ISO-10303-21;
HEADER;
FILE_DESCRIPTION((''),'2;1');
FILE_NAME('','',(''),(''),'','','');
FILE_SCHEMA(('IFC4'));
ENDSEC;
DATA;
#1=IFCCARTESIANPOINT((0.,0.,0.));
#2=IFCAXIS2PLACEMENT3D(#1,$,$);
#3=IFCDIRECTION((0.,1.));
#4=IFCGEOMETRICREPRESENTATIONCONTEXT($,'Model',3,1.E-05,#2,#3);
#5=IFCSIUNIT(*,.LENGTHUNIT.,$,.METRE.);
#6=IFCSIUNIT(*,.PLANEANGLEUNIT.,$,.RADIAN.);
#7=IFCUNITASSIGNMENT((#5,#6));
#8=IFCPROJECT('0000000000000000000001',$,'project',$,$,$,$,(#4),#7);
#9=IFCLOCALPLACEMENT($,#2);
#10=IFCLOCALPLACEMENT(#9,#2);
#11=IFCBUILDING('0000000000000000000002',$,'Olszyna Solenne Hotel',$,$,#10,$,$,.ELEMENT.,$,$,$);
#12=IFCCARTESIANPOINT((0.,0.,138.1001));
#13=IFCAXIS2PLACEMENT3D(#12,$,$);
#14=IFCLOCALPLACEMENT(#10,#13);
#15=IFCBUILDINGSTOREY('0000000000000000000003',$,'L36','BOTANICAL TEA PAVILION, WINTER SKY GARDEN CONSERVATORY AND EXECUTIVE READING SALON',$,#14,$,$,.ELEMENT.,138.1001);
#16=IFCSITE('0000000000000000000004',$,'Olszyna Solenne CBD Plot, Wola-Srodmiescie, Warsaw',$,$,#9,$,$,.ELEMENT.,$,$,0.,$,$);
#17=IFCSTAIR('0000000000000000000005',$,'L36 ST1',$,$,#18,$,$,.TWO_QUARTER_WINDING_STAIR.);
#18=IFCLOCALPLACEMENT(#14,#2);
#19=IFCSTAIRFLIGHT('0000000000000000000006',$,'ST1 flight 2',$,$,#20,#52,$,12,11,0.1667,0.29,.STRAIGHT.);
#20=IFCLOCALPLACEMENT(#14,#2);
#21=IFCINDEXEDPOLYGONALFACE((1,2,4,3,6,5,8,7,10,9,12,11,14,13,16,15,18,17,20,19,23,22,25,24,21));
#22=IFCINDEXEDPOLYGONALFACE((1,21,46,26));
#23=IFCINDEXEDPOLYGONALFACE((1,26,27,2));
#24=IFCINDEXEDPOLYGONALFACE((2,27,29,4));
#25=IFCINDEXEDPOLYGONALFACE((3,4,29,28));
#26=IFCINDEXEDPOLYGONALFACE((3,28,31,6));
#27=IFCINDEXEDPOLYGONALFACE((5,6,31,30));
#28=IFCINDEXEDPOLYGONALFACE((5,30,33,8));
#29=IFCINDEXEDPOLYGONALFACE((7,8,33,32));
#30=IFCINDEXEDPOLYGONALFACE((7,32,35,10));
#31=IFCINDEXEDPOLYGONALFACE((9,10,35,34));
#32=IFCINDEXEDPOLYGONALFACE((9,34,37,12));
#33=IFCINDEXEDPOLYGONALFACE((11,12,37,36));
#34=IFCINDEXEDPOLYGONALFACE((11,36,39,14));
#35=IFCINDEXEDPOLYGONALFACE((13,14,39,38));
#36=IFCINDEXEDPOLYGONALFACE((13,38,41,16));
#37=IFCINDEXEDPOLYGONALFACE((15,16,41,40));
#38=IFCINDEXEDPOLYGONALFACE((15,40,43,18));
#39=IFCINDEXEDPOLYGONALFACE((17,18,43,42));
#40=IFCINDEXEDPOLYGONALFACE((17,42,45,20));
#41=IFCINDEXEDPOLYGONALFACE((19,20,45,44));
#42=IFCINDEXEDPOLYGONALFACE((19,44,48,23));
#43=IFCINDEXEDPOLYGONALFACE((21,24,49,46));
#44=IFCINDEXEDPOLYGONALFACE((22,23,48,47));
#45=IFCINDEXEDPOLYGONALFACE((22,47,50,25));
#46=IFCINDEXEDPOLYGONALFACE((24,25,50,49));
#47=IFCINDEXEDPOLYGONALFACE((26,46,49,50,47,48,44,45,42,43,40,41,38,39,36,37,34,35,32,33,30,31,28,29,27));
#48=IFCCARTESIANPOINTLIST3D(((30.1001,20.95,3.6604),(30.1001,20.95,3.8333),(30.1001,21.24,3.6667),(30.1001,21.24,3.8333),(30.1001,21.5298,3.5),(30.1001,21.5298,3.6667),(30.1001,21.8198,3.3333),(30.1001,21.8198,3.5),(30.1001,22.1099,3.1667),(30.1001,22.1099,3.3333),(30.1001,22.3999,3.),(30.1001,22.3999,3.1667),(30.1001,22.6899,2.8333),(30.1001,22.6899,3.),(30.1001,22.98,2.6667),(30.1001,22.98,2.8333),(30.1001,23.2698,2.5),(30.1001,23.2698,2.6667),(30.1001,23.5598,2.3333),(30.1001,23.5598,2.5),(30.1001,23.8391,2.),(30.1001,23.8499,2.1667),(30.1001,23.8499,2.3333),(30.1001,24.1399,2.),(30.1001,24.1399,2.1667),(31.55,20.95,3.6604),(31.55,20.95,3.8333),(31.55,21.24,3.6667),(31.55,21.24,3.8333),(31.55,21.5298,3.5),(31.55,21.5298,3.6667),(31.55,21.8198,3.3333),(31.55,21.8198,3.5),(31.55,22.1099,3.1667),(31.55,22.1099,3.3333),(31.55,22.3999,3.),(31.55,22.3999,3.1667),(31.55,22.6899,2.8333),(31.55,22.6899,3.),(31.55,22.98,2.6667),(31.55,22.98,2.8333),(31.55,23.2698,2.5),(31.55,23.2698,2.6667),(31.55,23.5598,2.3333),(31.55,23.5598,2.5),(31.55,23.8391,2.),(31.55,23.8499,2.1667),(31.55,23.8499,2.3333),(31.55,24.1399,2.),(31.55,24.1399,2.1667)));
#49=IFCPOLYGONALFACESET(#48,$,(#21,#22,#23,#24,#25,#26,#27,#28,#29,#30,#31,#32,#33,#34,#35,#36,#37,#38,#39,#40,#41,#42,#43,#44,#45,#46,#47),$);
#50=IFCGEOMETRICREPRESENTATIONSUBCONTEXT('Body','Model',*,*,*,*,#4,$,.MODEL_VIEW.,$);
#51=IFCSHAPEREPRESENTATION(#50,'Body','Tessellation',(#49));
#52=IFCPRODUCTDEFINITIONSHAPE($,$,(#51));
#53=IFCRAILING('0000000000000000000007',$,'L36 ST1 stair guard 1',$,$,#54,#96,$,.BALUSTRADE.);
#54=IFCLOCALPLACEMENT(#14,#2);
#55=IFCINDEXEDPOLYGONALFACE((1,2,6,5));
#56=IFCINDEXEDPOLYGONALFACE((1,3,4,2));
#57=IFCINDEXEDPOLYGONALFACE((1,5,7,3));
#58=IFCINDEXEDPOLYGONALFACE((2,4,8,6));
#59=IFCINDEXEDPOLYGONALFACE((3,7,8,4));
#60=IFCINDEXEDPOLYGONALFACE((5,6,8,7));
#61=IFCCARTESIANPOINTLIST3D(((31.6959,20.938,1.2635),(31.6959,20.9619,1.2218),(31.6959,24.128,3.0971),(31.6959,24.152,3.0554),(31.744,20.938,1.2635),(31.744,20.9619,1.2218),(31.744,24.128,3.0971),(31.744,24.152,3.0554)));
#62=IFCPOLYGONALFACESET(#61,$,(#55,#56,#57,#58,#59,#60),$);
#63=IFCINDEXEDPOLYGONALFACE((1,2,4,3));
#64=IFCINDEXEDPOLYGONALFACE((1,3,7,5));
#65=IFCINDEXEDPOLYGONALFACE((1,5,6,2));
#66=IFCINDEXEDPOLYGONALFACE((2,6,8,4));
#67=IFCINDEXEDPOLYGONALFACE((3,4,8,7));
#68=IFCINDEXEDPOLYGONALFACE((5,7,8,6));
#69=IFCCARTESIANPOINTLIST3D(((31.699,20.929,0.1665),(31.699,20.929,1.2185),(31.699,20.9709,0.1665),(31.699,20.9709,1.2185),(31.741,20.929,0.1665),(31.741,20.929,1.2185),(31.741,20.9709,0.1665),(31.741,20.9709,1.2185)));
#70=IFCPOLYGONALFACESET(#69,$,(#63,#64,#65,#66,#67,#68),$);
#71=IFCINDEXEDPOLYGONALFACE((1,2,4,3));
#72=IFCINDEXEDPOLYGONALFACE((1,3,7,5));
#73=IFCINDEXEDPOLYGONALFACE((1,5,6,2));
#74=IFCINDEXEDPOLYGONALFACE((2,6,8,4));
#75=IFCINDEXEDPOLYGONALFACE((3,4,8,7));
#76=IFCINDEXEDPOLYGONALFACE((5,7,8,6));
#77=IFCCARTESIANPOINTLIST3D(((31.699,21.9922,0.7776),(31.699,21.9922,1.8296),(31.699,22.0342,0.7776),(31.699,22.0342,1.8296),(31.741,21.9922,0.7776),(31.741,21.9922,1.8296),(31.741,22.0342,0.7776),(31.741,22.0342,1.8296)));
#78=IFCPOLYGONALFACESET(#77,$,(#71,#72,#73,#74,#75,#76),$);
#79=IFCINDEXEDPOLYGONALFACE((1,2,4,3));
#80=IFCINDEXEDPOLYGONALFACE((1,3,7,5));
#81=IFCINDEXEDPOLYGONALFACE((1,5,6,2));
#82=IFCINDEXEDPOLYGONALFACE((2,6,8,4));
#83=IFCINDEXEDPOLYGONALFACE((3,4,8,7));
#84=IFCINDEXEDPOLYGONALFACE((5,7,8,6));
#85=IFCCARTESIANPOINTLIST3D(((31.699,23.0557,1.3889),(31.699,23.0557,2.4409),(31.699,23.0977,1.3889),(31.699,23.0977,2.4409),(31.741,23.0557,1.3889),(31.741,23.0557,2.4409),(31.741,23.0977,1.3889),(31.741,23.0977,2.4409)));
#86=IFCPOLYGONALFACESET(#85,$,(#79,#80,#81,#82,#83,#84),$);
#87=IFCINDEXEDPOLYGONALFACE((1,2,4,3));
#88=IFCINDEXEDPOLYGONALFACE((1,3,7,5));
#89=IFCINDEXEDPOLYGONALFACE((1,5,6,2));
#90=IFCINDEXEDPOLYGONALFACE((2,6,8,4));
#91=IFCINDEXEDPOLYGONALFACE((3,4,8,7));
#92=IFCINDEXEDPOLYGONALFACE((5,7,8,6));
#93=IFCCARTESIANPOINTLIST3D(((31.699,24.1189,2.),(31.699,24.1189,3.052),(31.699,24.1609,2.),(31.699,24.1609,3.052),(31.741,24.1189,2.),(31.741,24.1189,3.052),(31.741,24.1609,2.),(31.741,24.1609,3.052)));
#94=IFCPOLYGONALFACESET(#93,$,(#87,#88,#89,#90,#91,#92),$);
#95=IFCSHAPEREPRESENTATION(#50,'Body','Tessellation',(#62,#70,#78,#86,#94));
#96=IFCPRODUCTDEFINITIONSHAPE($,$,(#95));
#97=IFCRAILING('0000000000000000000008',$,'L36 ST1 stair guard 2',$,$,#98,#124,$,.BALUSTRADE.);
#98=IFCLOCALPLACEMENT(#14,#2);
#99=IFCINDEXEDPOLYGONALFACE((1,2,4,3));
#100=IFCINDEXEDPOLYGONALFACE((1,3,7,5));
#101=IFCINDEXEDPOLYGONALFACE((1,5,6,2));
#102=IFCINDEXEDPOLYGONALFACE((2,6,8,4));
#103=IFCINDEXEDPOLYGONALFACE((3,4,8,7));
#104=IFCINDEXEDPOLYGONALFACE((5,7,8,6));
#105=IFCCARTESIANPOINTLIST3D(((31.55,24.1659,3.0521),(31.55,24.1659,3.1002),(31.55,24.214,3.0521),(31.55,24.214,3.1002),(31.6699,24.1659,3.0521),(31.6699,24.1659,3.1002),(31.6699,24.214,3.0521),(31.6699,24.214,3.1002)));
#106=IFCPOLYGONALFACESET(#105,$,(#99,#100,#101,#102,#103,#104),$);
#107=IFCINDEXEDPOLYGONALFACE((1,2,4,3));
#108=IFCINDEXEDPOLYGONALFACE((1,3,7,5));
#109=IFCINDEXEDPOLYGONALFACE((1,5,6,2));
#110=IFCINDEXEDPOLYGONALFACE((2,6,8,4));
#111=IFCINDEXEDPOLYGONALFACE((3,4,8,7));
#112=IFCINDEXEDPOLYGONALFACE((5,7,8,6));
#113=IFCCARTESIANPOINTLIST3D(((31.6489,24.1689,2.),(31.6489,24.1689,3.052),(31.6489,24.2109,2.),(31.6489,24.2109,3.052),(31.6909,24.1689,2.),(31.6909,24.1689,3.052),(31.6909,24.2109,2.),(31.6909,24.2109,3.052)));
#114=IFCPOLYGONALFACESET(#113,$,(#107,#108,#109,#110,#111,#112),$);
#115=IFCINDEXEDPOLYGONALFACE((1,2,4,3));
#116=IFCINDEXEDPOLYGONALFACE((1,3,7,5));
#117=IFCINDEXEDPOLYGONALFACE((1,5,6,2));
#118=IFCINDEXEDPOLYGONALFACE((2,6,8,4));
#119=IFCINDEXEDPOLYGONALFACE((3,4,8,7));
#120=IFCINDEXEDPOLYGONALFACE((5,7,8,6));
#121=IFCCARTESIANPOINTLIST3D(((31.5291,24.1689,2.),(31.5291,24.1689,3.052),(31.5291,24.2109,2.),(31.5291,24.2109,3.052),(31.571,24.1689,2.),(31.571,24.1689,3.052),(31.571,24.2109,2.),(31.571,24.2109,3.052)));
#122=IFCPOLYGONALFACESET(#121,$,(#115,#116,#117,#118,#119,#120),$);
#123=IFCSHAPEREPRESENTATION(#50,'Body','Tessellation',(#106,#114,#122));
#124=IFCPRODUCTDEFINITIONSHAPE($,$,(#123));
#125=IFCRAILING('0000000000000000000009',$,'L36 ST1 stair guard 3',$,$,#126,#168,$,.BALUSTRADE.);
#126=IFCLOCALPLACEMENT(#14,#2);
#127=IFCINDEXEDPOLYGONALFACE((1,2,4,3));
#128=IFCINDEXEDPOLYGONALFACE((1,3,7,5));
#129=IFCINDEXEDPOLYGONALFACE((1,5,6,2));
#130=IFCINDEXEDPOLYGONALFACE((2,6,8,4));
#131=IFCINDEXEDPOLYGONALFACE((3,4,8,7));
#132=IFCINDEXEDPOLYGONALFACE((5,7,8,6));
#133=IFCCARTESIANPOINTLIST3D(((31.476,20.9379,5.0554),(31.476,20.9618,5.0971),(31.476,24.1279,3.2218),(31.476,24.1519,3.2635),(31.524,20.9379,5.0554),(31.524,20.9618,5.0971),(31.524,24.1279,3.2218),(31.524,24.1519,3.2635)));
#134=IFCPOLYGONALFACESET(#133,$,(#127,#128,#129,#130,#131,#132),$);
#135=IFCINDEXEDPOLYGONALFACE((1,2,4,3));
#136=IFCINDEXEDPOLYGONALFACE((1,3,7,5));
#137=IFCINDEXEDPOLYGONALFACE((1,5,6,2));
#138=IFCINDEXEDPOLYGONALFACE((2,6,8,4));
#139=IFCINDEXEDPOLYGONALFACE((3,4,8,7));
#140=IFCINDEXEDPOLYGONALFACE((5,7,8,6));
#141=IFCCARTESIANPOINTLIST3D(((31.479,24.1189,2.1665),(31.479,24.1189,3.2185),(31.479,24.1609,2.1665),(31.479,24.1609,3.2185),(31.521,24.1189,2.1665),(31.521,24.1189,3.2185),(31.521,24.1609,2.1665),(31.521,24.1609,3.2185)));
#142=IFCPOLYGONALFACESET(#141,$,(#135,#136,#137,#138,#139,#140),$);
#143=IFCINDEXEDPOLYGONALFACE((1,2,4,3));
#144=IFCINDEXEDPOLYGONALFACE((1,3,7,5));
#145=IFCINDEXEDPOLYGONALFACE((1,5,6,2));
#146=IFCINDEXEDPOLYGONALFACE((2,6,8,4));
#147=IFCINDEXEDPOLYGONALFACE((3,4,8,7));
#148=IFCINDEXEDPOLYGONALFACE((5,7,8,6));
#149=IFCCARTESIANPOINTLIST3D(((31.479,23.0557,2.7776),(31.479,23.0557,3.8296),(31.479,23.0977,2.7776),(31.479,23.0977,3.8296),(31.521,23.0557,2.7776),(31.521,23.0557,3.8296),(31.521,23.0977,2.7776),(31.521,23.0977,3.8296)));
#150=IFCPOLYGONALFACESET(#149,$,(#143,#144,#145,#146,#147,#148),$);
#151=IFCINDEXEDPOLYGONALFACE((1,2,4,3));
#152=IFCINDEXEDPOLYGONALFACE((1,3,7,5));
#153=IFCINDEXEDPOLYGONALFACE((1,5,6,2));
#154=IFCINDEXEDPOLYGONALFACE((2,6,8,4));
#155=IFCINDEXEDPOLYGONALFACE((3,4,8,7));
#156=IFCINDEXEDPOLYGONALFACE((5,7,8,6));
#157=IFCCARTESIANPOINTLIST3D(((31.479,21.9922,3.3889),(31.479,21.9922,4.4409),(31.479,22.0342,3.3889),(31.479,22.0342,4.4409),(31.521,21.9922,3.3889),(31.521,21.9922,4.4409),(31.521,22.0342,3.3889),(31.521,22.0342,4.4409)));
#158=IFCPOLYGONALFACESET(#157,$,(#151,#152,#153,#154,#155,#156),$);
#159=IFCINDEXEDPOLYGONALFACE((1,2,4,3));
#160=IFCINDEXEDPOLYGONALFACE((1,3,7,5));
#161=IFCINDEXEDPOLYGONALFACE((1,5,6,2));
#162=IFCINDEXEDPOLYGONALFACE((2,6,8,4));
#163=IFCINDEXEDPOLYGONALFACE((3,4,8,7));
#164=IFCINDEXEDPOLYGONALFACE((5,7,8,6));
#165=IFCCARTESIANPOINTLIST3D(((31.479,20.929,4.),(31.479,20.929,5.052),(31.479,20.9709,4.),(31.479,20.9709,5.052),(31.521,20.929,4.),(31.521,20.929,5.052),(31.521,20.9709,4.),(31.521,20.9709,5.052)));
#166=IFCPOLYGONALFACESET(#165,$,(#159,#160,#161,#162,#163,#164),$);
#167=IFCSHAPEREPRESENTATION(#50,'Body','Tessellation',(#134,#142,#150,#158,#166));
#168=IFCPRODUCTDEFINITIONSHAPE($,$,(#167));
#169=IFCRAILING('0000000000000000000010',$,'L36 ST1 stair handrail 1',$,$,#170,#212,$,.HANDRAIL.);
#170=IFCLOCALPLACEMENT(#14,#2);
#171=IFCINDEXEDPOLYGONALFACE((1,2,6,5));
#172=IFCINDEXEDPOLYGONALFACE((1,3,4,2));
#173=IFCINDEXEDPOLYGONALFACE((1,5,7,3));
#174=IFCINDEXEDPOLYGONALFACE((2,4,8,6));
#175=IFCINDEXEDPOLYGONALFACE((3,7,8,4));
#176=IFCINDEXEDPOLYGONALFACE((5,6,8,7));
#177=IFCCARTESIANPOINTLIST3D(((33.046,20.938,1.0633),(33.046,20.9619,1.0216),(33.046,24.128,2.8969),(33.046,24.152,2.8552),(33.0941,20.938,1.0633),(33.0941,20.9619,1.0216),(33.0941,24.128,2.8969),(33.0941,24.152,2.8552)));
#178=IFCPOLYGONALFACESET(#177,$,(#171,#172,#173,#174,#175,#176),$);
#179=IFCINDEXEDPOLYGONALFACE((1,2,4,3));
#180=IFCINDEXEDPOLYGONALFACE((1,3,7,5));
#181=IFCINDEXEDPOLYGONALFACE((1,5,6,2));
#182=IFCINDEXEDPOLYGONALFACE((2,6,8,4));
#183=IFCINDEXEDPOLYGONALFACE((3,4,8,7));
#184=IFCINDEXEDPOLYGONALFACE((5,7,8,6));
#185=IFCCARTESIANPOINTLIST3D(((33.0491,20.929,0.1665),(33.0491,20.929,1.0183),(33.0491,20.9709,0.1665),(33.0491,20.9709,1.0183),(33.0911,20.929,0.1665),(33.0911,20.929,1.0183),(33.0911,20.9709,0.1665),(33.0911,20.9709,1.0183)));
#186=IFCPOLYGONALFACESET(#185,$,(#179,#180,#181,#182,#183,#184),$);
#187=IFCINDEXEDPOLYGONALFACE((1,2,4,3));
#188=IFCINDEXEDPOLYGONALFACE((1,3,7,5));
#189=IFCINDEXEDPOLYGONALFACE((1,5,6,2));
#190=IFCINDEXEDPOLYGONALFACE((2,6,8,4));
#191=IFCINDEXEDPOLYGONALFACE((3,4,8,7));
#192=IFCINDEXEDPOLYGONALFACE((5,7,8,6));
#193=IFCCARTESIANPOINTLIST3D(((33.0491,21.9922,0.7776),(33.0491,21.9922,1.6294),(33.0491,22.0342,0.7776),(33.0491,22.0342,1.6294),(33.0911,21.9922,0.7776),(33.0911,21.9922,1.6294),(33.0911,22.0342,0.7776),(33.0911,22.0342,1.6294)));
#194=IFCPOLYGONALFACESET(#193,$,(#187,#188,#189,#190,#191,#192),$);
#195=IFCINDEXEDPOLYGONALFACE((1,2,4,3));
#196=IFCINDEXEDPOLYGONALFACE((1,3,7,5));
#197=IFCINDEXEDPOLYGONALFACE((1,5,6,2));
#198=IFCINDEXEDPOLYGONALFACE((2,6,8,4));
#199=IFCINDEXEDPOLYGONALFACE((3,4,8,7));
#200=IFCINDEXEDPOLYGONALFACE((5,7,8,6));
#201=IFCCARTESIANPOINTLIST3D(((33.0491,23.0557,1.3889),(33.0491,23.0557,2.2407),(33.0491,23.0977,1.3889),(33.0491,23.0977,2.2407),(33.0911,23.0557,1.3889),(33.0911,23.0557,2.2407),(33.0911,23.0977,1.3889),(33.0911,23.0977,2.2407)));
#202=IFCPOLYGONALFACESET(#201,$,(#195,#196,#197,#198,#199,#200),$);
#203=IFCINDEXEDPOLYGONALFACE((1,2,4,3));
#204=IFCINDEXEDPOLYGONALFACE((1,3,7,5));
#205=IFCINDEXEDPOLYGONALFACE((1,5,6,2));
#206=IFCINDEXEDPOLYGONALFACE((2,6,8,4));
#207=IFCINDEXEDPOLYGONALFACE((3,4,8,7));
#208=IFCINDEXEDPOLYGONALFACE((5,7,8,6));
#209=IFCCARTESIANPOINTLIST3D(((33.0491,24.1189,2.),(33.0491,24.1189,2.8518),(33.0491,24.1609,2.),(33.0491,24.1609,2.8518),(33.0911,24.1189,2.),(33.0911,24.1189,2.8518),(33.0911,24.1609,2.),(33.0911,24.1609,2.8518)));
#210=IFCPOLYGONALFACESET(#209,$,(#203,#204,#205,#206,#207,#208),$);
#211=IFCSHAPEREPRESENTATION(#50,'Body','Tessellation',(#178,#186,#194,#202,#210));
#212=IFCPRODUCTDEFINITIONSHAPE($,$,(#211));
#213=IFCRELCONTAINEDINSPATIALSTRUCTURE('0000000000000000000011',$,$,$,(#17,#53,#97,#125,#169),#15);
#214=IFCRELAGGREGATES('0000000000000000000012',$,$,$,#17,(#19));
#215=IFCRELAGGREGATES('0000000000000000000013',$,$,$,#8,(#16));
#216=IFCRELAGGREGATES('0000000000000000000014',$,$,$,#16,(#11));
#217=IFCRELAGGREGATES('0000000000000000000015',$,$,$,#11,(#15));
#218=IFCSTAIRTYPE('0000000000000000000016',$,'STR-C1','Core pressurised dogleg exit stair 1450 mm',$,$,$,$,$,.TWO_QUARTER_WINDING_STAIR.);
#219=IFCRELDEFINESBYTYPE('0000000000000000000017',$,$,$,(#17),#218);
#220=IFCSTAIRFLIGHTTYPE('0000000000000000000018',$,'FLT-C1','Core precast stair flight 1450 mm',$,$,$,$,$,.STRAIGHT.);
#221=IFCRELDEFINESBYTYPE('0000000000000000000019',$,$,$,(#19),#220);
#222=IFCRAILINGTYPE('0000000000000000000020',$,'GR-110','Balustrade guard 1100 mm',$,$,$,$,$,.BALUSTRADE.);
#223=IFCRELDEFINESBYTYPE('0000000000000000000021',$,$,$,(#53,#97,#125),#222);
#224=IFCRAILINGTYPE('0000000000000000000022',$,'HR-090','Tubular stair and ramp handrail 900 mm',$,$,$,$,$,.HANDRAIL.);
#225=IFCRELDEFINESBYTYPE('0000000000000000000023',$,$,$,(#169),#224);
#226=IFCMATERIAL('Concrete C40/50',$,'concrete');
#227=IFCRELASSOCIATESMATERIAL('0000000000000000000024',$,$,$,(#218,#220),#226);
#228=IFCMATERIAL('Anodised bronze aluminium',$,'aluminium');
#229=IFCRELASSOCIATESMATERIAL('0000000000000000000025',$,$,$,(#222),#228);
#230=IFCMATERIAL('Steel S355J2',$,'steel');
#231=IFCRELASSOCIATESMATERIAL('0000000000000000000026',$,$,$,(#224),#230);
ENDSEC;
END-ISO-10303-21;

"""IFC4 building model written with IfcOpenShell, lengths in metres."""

from ifc_helpers import new_model, si_unit, direction, frame, origin, origin_2d, place, context, subcontext, project, spatial, polyline, rectangle, outline, extrude, material, type_object, element, aggregate, save


model = new_model("IFC4")

# Units and contexts
model_context = context("Model", 3, precision=1e-05, world=origin(), true_north=direction((0.0, 1.0)))
body_context = subcontext(model_context, "Body", "Model", "MODEL_VIEW")
ifc_project = project(units=[si_unit("LENGTHUNIT", "METRE"), si_unit("PLANEANGLEUNIT", "RADIAN")], contexts=[model_context])

# Site, building, storey
site_placement = place(None, origin())
site = spatial("IfcSite", under=ifc_project, at=site_placement, Name="Olszyna Solenne CBD Plot, Wola-Srodmiescie, Warsaw", CompositionType="ELEMENT", RefElevation=0.0)
building_placement = place(site_placement, origin())
building = spatial("IfcBuilding", under=site, at=building_placement, Name="Olszyna Solenne Hotel", CompositionType="ELEMENT")
storey_placement = place(building_placement, frame((0.0, 0.0, 138.1001)))
storey = spatial("IfcBuildingStorey", under=building, at=storey_placement, Name="L36", Description="BOTANICAL TEA PAVILION, WINTER SKY GARDEN CONSERVATORY AND EXECUTIVE READING SALON", CompositionType="ELEMENT", Elevation=138.1001)

# Shared definitions
ifc_material_1 = material(Name="Steel S355J2", Category="steel")

# Stair, stair flight
ifc_material_2 = material(Name="Concrete C40/50", Category="concrete")
stair_type = type_object("IfcStairType", Name="STR-C1", Description="Core pressurised dogleg exit stair 1450 mm", PredefinedType="TWO_QUARTER_WINDING_STAIR", material=ifc_material_2)
stair_placement = place(storey_placement, origin())
stair = element("IfcStair", 1, at=stair_placement, inside=storey, type_object=stair_type, Name="L36 ST1", PredefinedType="TWO_QUARTER_WINDING_STAIR")
stair_flight_type = type_object("IfcStairFlightType", Name="FLT-C1", Description="Core precast stair flight 1450 mm", PredefinedType="STRAIGHT", material=ifc_material_2)
stair_flight_1_placement = place(storey_placement, frame((30.825, 24.1399, 2.0), z_axis=(0.0, 0.0, 1.0), x_axis=(0.0, -1.0, 0.0)))
stair_flight_1 = element("IfcStairFlight", 2, at=stair_flight_1_placement, type_object=stair_flight_type, Name="ST1 flight 2", NumberOfRisers=12, NumberOfTreads=11, PredefinedType="STRAIGHT", RiserHeight=0.1667, TreadLength=0.29, context=body_context, shape_type="SweptSolid", body=[
    extrude(outline(polyline([(0.0, 0.0), (0.0, 0.1667), (0.29, 0.1667), (0.29, 0.3333), (0.5801, 0.3333), (0.5801, 0.5), (0.8701, 0.5), (0.8701, 0.6667), (1.1599, 0.6667), (1.1599, 0.8333), (1.45, 0.8333), (1.45, 1.0), (1.74, 1.0), (1.74, 1.1667), (2.03, 1.1667), (2.03, 1.3333), (2.3201, 1.3333), (2.3201, 1.5), (2.6101, 1.5), (2.6101, 1.6667), (2.8999, 1.6667), (2.8999, 1.8333), (3.1899, 1.8333), (3.1899, 2.0), (3.1899, 1.6604), (0.3008, 0.0), (0.0, 0.0)])), frame((0.0, 0.7251, 0.0), z_axis=(0.0, -1.0, 0.0), x_axis=(1.0, 0.0, 0.0)), (0.0, 0.0, 1.0), 1.45),
])
aggregate(stair, [stair_flight_1])

# Railings
ifc_material_3 = material(Name="Anodised bronze aluminium", Category="aluminium")
railing_type_1 = type_object("IfcRailingType", Name="GR-110", Description="Balustrade guard 1100 mm", PredefinedType="BALUSTRADE", material=ifc_material_3)
railing_1_placement = place(storey_placement, frame((31.72, 20.95, 0.1665)))
element("IfcRailing", 3, at=railing_1_placement, inside=storey, type_object=railing_type_1, Name="L36 ST1 stair guard 1", PredefinedType="BALUSTRADE", context=body_context, shape_type="SweptSolid", body=[
    extrude(rectangle(XDim=0.0481, YDim=0.0481, at=origin_2d()), frame((0.0, 0.0, 1.0762), z_axis=(0.0, 0.866991, 0.498324), x_axis=(-1.0, 0.0, 0.0)), (0.0, 0.0, 1.0), 3.6794),
    extrude(rectangle(XDim=0.042, YDim=0.042, at=origin_2d()), origin(), (0.0, 0.0, 1.0), 1.052),
    extrude(rectangle(XDim=0.042, YDim=0.042, at=origin_2d()), frame((0.0, 1.0632, 0.6111)), (0.0, 0.0, 1.0), 1.052),
    extrude(rectangle(XDim=0.042, YDim=0.042, at=origin_2d()), frame((0.0, 2.1267, 1.2224)), (0.0, 0.0, 1.0), 1.052),
    extrude(rectangle(XDim=0.042, YDim=0.042, at=origin_2d()), frame((0.0, 3.1899, 1.8335)), (0.0, 0.0, 1.0), 1.052),
])
railing_2_placement = place(storey_placement, frame((31.6699, 24.1899, 2.0)))
element("IfcRailing", 4, at=railing_2_placement, inside=storey, type_object=railing_type_1, Name="L36 ST1 stair guard 2", PredefinedType="BALUSTRADE", context=body_context, shape_type="SweptSolid", body=[
    extrude(rectangle(XDim=0.0481, YDim=0.0481, at=origin_2d()), frame((0.0, 0.0, 1.0762), z_axis=(-1.0, 0.0, 0.0), x_axis=(0.0, -1.0, 0.0)), (0.0, 0.0, 1.0), 0.1199),
    extrude(rectangle(XDim=0.042, YDim=0.042, at=origin_2d()), origin(), (0.0, 0.0, 1.0), 1.052),
    extrude(rectangle(XDim=0.042, YDim=0.042, at=origin_2d()), frame((-0.1199, 0.0, 0.0)), (0.0, 0.0, 1.0), 1.052),
])
railing_3_placement = place(storey_placement, frame((31.5, 24.1399, 2.1665)))
element("IfcRailing", 5, at=railing_3_placement, inside=storey, type_object=railing_type_1, Name="L36 ST1 stair guard 3", PredefinedType="BALUSTRADE", context=body_context, shape_type="SweptSolid", body=[
    extrude(rectangle(XDim=0.0481, YDim=0.0481, at=origin_2d()), frame((0.0, 0.0, 1.0762), z_axis=(0.0, -0.866991, 0.498324), x_axis=(1.0, 0.0, 0.0)), (0.0, 0.0, 1.0), 3.6794),
    extrude(rectangle(XDim=0.042, YDim=0.042, at=origin_2d()), origin(), (0.0, 0.0, 1.0), 1.052),
    extrude(rectangle(XDim=0.042, YDim=0.042, at=origin_2d()), frame((0.0, -1.0632, 0.6111)), (0.0, 0.0, 1.0), 1.052),
    extrude(rectangle(XDim=0.042, YDim=0.042, at=origin_2d()), frame((0.0, -2.1267, 1.2224)), (0.0, 0.0, 1.0), 1.052),
    extrude(rectangle(XDim=0.042, YDim=0.042, at=origin_2d()), frame((0.0, -3.1899, 1.8335)), (0.0, 0.0, 1.0), 1.052),
])
railing_type_2 = type_object("IfcRailingType", Name="HR-090", Description="Tubular stair and ramp handrail 900 mm", PredefinedType="HANDRAIL", material=ifc_material_1)
railing_4_placement = place(storey_placement, frame((33.0701, 20.95, 0.1665)))
element("IfcRailing", 6, at=railing_4_placement, inside=storey, type_object=railing_type_2, Name="L36 ST1 stair handrail 1", PredefinedType="HANDRAIL", context=body_context, shape_type="SweptSolid", body=[
    extrude(rectangle(XDim=0.0481, YDim=0.0481, at=origin_2d()), frame((0.0, 0.0, 0.876), z_axis=(0.0, 0.866991, 0.498324), x_axis=(-1.0, 0.0, 0.0)), (0.0, 0.0, 1.0), 3.6794),
    extrude(rectangle(XDim=0.042, YDim=0.042, at=origin_2d()), origin(), (0.0, 0.0, 1.0), 0.8518),
    extrude(rectangle(XDim=0.042, YDim=0.042, at=origin_2d()), frame((0.0, 1.0632, 0.6111)), (0.0, 0.0, 1.0), 0.8518),
    extrude(rectangle(XDim=0.042, YDim=0.042, at=origin_2d()), frame((0.0, 2.1267, 1.2224)), (0.0, 0.0, 1.0), 0.8518),
    extrude(rectangle(XDim=0.042, YDim=0.042, at=origin_2d()), frame((0.0, 3.1899, 1.8335)), (0.0, 0.0, 1.0), 0.8518),
])

save(model, "model.ifc")
